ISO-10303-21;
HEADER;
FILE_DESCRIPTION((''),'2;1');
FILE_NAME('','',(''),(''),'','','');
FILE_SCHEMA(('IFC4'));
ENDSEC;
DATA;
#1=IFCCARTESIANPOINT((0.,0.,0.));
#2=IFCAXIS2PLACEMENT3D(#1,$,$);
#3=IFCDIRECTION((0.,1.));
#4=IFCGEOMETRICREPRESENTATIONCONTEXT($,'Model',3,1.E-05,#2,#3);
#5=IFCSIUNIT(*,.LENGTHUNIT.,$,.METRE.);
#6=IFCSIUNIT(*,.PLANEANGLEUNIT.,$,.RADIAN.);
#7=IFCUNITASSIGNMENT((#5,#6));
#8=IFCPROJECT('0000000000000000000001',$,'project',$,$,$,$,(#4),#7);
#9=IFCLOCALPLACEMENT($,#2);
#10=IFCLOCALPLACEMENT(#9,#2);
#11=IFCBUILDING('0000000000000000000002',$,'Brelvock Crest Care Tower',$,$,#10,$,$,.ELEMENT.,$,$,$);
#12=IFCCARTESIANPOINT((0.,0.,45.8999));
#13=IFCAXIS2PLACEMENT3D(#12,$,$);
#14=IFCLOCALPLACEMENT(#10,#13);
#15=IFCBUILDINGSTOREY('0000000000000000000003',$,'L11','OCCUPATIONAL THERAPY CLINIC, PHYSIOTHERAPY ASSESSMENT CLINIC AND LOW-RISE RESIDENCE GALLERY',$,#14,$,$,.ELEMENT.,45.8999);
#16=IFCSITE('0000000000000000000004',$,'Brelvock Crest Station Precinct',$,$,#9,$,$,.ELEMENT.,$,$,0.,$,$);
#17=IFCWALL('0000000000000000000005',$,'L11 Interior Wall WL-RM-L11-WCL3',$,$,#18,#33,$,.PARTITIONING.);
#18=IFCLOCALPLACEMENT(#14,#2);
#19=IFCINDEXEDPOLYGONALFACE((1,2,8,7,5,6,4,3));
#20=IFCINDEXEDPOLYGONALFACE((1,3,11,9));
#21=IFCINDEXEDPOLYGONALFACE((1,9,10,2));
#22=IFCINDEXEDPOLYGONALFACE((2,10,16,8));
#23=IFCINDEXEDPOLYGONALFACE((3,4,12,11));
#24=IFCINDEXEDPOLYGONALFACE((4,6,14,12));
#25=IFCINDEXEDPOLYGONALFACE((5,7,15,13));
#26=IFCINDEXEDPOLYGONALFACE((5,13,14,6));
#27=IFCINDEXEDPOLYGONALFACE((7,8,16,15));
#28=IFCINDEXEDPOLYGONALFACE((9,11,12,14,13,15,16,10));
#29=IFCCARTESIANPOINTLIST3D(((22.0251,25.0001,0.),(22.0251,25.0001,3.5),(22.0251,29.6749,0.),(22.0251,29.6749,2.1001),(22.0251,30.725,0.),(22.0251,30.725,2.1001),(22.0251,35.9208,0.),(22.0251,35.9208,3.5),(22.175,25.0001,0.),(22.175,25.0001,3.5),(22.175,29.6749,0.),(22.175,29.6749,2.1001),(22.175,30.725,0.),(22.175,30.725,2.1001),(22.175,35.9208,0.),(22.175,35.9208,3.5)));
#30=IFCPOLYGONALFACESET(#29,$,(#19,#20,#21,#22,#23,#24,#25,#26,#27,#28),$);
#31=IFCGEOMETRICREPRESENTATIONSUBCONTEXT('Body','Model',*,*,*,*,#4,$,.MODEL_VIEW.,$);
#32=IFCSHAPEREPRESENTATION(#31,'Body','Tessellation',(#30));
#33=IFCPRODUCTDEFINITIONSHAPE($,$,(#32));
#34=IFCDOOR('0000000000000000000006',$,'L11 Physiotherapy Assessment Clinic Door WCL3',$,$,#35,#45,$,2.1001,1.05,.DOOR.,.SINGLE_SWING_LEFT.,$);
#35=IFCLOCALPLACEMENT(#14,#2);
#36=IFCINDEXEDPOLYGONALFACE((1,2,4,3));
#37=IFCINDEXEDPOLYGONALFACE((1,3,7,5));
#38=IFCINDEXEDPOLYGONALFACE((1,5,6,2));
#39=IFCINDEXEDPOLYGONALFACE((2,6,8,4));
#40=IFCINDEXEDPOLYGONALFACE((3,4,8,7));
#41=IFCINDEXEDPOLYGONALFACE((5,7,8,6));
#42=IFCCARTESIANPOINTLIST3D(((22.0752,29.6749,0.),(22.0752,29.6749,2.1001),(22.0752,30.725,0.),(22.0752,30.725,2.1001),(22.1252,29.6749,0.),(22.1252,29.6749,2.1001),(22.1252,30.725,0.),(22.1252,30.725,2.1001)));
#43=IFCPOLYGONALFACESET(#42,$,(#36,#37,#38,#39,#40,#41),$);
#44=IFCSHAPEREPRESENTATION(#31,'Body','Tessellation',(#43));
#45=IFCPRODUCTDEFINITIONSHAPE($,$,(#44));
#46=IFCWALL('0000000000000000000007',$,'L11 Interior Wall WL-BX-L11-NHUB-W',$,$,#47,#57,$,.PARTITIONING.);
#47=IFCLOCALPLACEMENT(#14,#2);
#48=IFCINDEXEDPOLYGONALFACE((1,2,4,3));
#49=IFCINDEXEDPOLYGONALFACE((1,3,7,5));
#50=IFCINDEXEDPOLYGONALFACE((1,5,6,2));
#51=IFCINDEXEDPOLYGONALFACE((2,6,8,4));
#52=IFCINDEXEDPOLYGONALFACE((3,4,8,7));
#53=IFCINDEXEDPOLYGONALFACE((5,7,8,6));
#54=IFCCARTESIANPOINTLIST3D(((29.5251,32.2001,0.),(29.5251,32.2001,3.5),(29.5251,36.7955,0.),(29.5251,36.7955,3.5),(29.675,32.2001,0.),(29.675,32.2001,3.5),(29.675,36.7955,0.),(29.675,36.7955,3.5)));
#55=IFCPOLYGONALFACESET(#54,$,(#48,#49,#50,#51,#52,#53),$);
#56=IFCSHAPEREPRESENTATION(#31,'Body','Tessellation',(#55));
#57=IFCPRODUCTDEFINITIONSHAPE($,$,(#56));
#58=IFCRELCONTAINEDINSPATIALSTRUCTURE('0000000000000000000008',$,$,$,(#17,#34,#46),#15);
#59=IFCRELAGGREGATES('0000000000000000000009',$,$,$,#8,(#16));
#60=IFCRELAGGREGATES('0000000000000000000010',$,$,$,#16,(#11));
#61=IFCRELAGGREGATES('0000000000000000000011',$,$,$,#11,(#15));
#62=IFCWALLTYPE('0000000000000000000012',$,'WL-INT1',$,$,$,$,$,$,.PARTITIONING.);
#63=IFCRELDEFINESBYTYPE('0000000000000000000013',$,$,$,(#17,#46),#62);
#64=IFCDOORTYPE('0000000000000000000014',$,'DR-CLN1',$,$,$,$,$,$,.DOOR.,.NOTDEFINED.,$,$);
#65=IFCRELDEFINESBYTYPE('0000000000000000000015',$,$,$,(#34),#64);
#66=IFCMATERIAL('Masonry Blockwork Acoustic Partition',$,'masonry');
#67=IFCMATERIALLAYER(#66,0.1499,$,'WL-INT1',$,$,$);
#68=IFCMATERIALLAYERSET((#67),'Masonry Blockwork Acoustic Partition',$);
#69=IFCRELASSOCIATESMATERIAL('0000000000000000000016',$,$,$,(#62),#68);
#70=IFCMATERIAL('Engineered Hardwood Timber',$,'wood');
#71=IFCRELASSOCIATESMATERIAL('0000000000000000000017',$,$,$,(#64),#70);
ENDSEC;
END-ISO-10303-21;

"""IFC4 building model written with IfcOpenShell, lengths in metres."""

from ifc_helpers import new_model, si_unit, direction, frame, frame_2d, origin, origin_2d, place, context, subcontext, project, spatial, rectangle, extrude, source, transform, mapped, material, layer, layer_set, type_object, element, fill, save


model = new_model("IFC4")

# Units and contexts
model_context = context("Model", 3, precision=1e-05, world=origin(), true_north=direction((0.0, 1.0)))
body_context = subcontext(model_context, "Body", "Model", "MODEL_VIEW")
ifc_project = project(units=[si_unit("LENGTHUNIT", "METRE"), si_unit("PLANEANGLEUNIT", "RADIAN")], contexts=[model_context])

# Site, building, storey
site_placement = place(None, origin())
site = spatial("IfcSite", under=ifc_project, at=site_placement, Name="Brelvock Crest Station Precinct", CompositionType="ELEMENT", RefElevation=0.0)
building_placement = place(site_placement, origin())
building = spatial("IfcBuilding", under=site, at=building_placement, Name="Brelvock Crest Care Tower", CompositionType="ELEMENT")
storey_placement = place(building_placement, frame((0.0, 0.0, 45.8999)))
storey = spatial("IfcBuildingStorey", under=building, at=storey_placement, Name="L11", Description="OCCUPATIONAL THERAPY CLINIC, PHYSIOTHERAPY ASSESSMENT CLINIC AND LOW-RISE RESIDENCE GALLERY", CompositionType="ELEMENT", Elevation=45.8999)

# Wall, opening, door
ifc_material_1 = material(Name="Masonry Blockwork Acoustic Partition", Category="masonry")
ifc_layer = layer(ifc_material_1, 0.1499, Name="WL-INT1")
ifc_layer_set = layer_set([ifc_layer], Name="Masonry Blockwork Acoustic Partition")
wall_type = type_object("IfcWallType", Name="WL-INT1", PredefinedType="PARTITIONING", material=ifc_layer_set)
ifc_material_2 = material(Name="Engineered Hardwood Timber", Category="wood")
door_type = type_object("IfcDoorType", Name="DR-CLN1", OperationType="NOTDEFINED", PredefinedType="DOOR", material=ifc_material_2)
shared_shape_1 = source(origin(), body_context, "Body", "SweptSolid", [
    extrude(rectangle(XDim=1.05, YDim=2.1001, at=origin_2d()), frame((0.5249, 0.0249, 1.05), z_axis=(0.0, -1.0, 0.0), x_axis=(1.0, 0.0, 0.0)), (0.0, 0.0, 1.0), 0.05),
])
wall_1_placement = place(storey_placement, frame((22.1001, 25.0, 0.0), z_axis=(0.0, 0.0, 1.0), x_axis=(0.0, 1.0, 0.0)))
wall_1 = element("IfcWall", 1, at=wall_1_placement, inside=storey, type_object=wall_type, Name="L11 Interior Wall WL-RM-L11-WCL3", PredefinedType="PARTITIONING", context=body_context, shape_type="SweptSolid", body=[
    extrude(rectangle(XDim=10.9207, YDim=0.1499, at=frame_2d((5.4604, 0.0))), origin(), (0.0, 0.0, 1.0), 3.5),
])
opening_1_placement = place(wall_1_placement, frame((4.675, 0.0, 0.0)))
opening_1 = element("IfcOpeningElement", 2, at=opening_1_placement, cuts=wall_1, PredefinedType="OPENING", context=body_context, shape_type="SweptSolid", body=[
    extrude(rectangle(XDim=1.05, YDim=2.1001, at=origin_2d()), frame((0.5249, 0.085, 1.05), z_axis=(0.0, -1.0, 0.0), x_axis=(1.0, 0.0, 0.0)), (0.0, 0.0, 1.0), 0.1699),
])
door_1_placement = place(opening_1_placement, origin())
door_1 = element("IfcDoor", 3, at=door_1_placement, inside=storey, type_object=door_type, Name="L11 Physiotherapy Assessment Clinic Door WCL3", OperationType="SINGLE_SWING_LEFT", OverallHeight=2.1001, OverallWidth=1.05, PredefinedType="DOOR", context=body_context, shape_type="MappedRepresentation", body=[
    mapped(shared_shape_1, transform((0.0, 0.0, 0.0), x_axis=(1.0, 0.0, 0.0), y_axis=(0.0, 1.0, 0.0), z_axis=(0.0, 0.0, 1.0), scale=1.0)),
])
fill(opening_1, door_1)

# Wall
wall_2_placement = place(storey_placement, frame((29.6001, 32.2, 0.0), z_axis=(0.0, 0.0, 1.0), x_axis=(0.0, 1.0, 0.0)))
element("IfcWall", 4, at=wall_2_placement, inside=storey, type_object=wall_type, Name="L11 Interior Wall WL-BX-L11-NHUB-W", PredefinedType="PARTITIONING", context=body_context, shape_type="SweptSolid", body=[
    extrude(rectangle(XDim=4.5955, YDim=0.1499, at=frame_2d((2.2979, 0.0))), origin(), (0.0, 0.0, 1.0), 3.5),
])

save(model, "model.ifc")
